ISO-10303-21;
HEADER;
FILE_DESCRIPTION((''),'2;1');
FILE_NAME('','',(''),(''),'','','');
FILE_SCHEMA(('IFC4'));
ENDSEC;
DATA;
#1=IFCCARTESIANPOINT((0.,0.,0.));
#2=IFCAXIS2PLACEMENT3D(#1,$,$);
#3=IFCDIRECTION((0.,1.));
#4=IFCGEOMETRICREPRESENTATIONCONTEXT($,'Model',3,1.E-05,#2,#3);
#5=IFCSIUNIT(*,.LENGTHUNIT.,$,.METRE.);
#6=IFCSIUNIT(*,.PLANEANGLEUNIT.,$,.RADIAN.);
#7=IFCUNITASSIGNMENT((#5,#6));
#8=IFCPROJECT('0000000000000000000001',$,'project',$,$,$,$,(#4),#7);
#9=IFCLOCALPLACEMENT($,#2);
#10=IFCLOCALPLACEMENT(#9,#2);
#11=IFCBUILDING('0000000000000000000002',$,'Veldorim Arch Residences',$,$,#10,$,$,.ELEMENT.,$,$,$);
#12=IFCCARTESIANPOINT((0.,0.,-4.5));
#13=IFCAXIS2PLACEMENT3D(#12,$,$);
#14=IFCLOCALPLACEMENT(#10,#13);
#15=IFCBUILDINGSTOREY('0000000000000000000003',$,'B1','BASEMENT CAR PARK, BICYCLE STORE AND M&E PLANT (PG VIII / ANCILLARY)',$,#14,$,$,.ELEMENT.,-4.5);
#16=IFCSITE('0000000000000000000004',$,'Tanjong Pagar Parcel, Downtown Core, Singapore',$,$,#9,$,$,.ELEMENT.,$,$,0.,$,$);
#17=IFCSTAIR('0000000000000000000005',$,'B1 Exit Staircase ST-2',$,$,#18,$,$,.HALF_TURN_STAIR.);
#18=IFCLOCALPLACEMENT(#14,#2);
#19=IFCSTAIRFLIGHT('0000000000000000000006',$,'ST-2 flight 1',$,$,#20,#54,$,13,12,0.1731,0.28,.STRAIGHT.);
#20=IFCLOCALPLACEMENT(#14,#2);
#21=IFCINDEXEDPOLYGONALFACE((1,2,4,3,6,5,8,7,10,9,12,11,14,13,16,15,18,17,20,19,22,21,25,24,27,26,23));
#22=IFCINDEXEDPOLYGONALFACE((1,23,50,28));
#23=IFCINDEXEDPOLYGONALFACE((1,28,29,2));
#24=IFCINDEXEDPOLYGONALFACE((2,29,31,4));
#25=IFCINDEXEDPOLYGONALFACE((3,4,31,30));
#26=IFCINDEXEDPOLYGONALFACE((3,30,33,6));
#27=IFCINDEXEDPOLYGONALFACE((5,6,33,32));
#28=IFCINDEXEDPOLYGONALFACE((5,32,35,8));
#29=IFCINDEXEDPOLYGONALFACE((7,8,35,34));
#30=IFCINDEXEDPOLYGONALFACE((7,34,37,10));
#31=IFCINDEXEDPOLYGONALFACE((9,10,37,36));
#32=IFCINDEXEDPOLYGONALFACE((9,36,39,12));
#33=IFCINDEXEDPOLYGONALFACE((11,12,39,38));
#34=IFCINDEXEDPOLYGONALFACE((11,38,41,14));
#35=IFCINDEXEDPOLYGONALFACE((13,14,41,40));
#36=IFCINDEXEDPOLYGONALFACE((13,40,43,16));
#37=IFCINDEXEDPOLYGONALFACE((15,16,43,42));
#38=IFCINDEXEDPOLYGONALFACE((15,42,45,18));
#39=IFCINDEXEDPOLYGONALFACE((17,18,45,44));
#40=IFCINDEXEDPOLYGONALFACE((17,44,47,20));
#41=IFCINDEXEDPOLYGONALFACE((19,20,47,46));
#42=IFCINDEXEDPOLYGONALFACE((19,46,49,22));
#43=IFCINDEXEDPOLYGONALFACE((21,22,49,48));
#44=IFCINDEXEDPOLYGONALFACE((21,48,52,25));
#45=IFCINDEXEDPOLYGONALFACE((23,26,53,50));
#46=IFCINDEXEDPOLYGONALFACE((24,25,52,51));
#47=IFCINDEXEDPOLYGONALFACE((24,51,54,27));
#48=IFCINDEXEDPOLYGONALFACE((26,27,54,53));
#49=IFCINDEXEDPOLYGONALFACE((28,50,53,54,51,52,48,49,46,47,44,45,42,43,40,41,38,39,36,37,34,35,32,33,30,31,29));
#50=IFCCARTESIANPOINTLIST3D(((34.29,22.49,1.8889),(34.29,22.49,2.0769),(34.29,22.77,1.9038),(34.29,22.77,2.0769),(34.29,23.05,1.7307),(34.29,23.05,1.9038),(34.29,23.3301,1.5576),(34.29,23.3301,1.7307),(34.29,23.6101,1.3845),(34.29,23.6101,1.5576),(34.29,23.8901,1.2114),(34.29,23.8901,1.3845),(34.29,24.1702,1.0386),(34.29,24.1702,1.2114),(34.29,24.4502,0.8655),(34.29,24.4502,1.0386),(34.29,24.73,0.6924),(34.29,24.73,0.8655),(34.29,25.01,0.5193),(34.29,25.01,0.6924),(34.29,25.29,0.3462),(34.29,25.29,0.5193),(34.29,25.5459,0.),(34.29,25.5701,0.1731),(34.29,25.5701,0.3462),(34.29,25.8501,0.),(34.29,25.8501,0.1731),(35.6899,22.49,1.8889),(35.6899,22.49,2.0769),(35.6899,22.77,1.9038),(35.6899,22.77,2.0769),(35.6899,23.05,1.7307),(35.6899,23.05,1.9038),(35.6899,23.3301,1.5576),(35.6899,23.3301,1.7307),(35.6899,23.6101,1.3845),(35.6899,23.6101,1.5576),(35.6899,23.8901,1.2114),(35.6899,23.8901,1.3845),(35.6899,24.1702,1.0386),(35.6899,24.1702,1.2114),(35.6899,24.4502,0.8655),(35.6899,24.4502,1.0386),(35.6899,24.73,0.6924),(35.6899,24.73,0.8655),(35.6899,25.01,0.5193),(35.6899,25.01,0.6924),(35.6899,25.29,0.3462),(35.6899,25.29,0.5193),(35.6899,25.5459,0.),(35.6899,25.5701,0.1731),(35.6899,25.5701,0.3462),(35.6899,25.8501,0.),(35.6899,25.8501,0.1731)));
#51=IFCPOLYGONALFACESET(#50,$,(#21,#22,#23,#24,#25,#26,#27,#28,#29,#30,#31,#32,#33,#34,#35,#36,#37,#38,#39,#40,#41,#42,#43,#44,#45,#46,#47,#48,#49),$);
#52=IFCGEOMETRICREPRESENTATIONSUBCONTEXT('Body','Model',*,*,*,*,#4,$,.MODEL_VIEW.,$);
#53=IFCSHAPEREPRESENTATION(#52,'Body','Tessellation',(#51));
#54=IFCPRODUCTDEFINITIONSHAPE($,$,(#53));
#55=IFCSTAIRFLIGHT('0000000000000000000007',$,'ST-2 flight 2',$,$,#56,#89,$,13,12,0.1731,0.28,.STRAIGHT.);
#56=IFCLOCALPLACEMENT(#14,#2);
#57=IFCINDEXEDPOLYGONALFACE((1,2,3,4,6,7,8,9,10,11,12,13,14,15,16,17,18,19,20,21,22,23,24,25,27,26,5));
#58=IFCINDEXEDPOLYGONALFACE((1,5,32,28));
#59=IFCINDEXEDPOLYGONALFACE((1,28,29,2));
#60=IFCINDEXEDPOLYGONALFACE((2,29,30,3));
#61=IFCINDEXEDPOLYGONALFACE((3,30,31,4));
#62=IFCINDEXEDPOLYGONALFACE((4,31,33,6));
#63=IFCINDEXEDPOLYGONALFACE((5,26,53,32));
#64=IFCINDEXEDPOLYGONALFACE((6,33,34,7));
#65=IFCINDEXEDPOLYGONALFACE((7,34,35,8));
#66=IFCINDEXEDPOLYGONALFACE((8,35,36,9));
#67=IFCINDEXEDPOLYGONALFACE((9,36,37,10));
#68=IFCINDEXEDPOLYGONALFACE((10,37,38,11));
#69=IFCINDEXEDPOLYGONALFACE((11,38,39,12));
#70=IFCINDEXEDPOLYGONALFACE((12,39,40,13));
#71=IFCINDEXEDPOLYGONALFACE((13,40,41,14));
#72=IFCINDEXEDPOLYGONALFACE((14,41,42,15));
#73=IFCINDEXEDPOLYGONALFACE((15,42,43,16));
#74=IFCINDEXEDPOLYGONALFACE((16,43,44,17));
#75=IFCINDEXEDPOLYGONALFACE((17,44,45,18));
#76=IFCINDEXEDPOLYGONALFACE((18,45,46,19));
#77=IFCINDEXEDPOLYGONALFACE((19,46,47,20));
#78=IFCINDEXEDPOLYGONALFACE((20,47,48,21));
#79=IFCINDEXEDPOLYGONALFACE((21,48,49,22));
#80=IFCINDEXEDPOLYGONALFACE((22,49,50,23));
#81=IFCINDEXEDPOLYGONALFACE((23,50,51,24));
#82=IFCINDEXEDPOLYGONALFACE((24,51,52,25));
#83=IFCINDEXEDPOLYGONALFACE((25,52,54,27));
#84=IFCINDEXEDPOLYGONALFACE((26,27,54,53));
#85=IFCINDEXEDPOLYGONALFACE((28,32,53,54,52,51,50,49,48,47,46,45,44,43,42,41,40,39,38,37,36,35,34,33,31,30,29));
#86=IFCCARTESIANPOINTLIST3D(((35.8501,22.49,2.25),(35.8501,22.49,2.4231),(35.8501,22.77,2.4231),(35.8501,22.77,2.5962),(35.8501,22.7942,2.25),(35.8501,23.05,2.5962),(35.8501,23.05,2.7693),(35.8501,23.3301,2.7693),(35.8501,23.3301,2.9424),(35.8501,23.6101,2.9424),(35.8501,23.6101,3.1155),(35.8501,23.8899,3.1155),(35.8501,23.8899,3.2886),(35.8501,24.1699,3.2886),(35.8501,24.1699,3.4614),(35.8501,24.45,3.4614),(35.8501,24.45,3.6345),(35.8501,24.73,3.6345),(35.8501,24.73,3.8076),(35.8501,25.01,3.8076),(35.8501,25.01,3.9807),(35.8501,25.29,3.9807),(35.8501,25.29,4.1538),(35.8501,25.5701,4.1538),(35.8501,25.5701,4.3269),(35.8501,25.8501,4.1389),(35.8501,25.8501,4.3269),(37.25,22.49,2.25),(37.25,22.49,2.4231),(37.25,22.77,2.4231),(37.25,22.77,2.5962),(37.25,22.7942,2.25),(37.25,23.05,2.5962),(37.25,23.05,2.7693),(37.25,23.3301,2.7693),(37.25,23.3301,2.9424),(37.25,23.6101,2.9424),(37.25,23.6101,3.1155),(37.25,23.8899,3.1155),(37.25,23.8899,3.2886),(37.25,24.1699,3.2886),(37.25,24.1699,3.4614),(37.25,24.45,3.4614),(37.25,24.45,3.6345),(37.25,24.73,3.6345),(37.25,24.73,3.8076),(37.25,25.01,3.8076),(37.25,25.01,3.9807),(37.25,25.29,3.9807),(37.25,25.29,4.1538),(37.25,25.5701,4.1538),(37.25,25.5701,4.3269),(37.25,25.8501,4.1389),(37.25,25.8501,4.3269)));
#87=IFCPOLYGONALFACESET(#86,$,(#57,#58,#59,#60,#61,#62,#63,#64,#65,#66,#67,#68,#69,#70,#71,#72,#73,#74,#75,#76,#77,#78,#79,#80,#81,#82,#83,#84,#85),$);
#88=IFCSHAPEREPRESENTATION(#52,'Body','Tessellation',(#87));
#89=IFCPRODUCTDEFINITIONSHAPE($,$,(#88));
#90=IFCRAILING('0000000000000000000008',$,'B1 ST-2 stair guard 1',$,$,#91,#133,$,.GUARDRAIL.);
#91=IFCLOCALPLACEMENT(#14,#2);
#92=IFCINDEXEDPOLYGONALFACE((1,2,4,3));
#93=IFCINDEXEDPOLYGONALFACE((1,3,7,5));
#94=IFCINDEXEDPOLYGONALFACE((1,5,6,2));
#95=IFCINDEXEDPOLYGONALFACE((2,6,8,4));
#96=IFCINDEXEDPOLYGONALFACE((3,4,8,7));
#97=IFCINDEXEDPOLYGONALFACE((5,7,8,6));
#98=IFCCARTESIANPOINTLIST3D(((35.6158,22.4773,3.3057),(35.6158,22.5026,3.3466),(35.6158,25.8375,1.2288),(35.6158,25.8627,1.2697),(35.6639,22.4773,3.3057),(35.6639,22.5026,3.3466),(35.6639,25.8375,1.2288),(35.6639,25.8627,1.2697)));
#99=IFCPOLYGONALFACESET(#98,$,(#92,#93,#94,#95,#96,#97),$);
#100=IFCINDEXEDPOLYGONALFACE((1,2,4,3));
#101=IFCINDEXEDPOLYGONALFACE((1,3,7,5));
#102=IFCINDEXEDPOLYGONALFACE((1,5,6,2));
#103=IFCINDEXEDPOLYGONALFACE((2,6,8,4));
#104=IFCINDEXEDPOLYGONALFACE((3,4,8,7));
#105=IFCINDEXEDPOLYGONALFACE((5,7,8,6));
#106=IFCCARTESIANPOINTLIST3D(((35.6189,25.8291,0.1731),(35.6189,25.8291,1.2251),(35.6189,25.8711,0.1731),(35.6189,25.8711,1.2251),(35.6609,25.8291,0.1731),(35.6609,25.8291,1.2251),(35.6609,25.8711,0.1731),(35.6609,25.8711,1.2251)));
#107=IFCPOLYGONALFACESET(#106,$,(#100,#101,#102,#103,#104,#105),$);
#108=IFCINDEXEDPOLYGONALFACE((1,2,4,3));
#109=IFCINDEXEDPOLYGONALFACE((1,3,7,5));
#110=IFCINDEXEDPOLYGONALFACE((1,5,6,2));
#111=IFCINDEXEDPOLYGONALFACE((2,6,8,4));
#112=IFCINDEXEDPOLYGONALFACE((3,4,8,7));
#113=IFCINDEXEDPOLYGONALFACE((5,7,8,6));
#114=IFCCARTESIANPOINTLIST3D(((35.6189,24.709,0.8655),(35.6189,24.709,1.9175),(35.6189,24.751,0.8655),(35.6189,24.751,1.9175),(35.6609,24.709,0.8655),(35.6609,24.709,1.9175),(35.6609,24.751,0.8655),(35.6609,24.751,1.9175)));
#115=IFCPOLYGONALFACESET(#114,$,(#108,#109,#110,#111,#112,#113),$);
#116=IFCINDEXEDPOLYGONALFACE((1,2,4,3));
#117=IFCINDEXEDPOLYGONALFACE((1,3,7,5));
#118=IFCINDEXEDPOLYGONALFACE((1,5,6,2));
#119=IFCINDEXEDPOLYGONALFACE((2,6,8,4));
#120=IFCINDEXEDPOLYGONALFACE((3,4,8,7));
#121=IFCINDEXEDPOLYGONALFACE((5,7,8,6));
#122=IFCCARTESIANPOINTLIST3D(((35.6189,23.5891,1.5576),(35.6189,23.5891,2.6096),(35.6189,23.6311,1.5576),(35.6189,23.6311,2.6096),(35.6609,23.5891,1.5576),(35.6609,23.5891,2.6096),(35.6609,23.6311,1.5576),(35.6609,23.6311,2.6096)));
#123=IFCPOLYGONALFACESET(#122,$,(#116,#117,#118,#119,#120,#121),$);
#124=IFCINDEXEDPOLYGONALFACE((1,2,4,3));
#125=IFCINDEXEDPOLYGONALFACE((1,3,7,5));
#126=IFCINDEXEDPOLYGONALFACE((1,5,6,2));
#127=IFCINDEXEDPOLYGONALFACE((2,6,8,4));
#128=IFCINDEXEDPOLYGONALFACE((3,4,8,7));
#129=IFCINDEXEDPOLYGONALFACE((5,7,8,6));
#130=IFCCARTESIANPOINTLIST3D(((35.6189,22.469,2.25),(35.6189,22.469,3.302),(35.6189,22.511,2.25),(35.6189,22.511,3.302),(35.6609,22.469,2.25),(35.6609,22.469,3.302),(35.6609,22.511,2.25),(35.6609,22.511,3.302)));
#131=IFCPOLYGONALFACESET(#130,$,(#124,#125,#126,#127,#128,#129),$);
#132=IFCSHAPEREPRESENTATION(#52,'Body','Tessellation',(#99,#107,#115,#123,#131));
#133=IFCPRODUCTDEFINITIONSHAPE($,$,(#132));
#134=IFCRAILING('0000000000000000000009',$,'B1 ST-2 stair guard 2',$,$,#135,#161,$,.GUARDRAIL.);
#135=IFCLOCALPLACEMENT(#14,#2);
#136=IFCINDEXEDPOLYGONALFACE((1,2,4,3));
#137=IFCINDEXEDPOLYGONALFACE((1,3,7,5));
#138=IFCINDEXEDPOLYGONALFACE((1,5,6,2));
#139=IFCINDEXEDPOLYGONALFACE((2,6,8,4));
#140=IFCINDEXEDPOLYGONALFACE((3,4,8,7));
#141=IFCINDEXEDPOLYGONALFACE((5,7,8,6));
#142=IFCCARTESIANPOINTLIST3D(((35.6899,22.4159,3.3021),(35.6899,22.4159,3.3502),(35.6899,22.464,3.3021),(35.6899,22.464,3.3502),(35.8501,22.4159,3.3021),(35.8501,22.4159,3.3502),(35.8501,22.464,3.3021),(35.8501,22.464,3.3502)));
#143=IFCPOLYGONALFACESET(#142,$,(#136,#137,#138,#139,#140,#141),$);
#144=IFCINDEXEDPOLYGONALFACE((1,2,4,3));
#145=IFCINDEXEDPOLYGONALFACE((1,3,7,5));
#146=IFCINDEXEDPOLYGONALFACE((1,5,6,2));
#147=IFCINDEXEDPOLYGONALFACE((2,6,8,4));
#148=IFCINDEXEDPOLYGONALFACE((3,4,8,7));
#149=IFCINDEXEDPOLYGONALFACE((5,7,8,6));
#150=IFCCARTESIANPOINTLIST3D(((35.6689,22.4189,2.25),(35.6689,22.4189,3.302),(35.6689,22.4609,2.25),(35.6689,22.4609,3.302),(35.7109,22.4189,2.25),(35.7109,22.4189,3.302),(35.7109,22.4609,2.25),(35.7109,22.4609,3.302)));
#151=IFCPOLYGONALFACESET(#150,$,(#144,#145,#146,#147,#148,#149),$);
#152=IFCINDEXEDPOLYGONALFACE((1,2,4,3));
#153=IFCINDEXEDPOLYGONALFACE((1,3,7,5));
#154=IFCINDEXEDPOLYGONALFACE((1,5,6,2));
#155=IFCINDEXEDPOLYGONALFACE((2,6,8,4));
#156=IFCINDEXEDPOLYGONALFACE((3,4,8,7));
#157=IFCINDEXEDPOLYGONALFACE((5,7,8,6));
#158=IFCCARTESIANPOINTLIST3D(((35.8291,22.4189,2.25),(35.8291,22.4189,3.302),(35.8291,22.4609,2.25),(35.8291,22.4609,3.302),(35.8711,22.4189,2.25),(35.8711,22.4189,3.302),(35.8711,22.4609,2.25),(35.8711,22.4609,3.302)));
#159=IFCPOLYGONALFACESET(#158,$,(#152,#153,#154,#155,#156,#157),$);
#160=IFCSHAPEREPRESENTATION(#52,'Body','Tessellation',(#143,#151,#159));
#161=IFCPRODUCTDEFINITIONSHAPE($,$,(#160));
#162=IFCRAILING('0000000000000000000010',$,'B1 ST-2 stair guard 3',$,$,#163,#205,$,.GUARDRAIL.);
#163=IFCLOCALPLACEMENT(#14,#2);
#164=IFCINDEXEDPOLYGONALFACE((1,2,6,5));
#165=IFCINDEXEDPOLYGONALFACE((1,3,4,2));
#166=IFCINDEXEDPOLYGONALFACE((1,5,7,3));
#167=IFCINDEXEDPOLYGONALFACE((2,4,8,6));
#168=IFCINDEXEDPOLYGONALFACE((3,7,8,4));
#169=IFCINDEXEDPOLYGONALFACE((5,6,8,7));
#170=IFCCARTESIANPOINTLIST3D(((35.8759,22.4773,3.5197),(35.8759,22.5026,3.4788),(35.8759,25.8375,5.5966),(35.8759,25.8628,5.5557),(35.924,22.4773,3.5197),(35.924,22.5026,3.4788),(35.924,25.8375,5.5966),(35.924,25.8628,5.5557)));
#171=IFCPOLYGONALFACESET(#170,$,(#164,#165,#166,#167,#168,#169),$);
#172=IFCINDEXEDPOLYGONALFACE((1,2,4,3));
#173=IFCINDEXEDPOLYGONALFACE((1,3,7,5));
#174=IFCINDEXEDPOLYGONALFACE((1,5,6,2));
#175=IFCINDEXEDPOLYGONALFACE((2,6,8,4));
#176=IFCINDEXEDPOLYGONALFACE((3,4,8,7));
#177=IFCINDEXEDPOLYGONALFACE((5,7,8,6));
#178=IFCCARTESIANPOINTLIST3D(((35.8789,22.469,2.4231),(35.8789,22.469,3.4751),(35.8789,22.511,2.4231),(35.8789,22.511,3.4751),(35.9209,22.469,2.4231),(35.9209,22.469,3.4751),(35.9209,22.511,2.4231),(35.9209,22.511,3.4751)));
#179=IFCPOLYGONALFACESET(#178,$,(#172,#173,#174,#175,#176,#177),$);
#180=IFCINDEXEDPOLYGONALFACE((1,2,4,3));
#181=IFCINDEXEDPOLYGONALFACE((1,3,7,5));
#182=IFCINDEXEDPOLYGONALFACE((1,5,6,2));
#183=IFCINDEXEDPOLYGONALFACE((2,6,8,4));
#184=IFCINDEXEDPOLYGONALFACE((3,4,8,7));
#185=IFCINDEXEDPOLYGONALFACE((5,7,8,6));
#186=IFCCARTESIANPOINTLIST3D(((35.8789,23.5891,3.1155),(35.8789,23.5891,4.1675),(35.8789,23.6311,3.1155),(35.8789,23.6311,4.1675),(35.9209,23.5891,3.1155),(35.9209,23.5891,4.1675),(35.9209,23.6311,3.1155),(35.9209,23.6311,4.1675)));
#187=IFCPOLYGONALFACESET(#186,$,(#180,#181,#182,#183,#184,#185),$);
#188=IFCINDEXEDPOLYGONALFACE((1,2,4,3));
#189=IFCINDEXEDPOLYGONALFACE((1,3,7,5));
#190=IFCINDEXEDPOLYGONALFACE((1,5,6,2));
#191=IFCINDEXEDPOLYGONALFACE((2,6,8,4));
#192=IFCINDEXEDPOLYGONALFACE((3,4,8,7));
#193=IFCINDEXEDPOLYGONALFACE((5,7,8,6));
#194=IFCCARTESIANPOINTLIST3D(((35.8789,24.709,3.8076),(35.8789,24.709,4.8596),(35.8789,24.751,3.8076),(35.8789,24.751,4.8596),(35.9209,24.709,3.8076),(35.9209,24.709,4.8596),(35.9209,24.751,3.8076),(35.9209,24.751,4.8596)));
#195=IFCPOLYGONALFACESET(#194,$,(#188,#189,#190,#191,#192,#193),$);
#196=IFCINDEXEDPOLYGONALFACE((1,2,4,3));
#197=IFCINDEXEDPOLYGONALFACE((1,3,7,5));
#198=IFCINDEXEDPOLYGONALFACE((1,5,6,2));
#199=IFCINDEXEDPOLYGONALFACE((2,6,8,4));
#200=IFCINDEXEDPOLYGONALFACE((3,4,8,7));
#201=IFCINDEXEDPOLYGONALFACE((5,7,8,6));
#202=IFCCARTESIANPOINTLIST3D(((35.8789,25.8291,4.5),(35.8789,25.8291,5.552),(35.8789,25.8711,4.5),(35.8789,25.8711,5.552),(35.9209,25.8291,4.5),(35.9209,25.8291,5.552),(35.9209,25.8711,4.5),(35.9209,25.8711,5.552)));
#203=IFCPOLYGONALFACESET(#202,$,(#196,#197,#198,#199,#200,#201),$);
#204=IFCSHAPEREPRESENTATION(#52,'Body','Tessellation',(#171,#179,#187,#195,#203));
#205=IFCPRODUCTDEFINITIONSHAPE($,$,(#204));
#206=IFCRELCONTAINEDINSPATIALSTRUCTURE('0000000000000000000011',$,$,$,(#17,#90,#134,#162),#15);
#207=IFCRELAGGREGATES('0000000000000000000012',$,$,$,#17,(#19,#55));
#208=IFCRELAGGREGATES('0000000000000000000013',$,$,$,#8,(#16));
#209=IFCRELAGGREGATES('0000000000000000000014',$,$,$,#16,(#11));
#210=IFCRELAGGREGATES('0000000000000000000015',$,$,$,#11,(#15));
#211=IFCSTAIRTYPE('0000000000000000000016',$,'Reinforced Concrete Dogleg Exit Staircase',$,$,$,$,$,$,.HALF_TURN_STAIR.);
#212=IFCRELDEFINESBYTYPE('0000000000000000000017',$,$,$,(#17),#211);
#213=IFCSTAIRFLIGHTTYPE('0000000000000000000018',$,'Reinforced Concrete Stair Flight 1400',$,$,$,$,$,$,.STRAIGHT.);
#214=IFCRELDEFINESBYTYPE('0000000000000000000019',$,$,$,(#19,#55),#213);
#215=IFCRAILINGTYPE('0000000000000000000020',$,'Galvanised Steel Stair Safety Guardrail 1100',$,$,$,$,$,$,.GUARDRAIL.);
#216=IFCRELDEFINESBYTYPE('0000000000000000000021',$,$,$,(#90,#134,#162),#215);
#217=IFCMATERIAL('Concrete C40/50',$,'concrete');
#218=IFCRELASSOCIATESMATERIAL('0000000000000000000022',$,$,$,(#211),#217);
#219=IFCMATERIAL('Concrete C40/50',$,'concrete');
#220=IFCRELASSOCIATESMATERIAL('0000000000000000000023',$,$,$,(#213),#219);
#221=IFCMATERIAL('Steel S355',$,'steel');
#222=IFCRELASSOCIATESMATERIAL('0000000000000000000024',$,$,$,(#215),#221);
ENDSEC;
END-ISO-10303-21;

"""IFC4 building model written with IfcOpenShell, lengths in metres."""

from ifc_helpers import new_model, si_unit, direction, frame, origin, origin_2d, place, context, subcontext, project, spatial, polyline, rectangle, outline, extrude, material, type_object, element, aggregate, save


model = new_model("IFC4")

# Units and contexts
model_context = context("Model", 3, precision=1e-05, world=origin(), true_north=direction((0.0, 1.0)))
body_context = subcontext(model_context, "Body", "Model", "MODEL_VIEW")
ifc_project = project(units=[si_unit("LENGTHUNIT", "METRE"), si_unit("PLANEANGLEUNIT", "RADIAN")], contexts=[model_context])

# Site, building, storey
site_placement = place(None, origin())
site = spatial("IfcSite", under=ifc_project, at=site_placement, Name="Tanjong Pagar Parcel, Downtown Core, Singapore", CompositionType="ELEMENT", RefElevation=0.0)
building_placement = place(site_placement, origin())
building = spatial("IfcBuilding", under=site, at=building_placement, Name="Veldorim Arch Residences", CompositionType="ELEMENT")
storey_placement = place(building_placement, frame((0.0, 0.0, -4.5)))
storey = spatial("IfcBuildingStorey", under=building, at=storey_placement, Name="B1", Description="BASEMENT CAR PARK, BICYCLE STORE AND M&E PLANT (PG VIII / ANCILLARY)", CompositionType="ELEMENT", Elevation=-4.5)

# Stair, stair flights
ifc_material_1 = material(Name="Concrete C40/50", Category="concrete")
stair_type = type_object("IfcStairType", Name="Reinforced Concrete Dogleg Exit Staircase", PredefinedType="HALF_TURN_STAIR", material=ifc_material_1)
stair_placement = place(storey_placement, origin())
stair = element("IfcStair", 1, at=stair_placement, inside=storey, type_object=stair_type, Name="B1 Exit Staircase ST-2", PredefinedType="HALF_TURN_STAIR")
ifc_material_2 = material(Name="Concrete C40/50", Category="concrete")
stair_flight_type = type_object("IfcStairFlightType", Name="Reinforced Concrete Stair Flight 1400", PredefinedType="STRAIGHT", material=ifc_material_2)
stair_flight_1_placement = place(storey_placement, frame((34.99, 25.8501, 0.0), z_axis=(0.0, 0.0, 1.0), x_axis=(0.0, -1.0, 0.0)))
stair_flight_1 = element("IfcStairFlight", 2, at=stair_flight_1_placement, type_object=stair_flight_type, Name="ST-2 flight 1", NumberOfRisers=13, NumberOfTreads=12, PredefinedType="STRAIGHT", RiserHeight=0.1731, TreadLength=0.28, context=body_context, shape_type="SweptSolid", body=[
    extrude(outline(polyline([(0.0, 0.0), (0.0, 0.1731), (0.28, 0.1731), (0.28, 0.3462), (0.5601, 0.3462), (0.5601, 0.5193), (0.8401, 0.5193), (0.8401, 0.6924), (1.1201, 0.6924), (1.1201, 0.8655), (1.3999, 0.8655), (1.3999, 1.0386), (1.6799, 1.0386), (1.6799, 1.2114), (1.96, 1.2114), (1.96, 1.3845), (2.24, 1.3845), (2.24, 1.5576), (2.52, 1.5576), (2.52, 1.7307), (2.8, 1.7307), (2.8, 1.9038), (3.0801, 1.9038), (3.0801, 2.0769), (3.3601, 2.0769), (3.3601, 2.25), (3.3601, 1.8889), (0.3042, 0.0), (0.0, 0.0)])), frame((0.0, 0.7, 0.0), z_axis=(0.0, -1.0, 0.0), x_axis=(1.0, 0.0, 0.0)), (0.0, 0.0, 1.0), 1.3999),
])
stair_flight_2_placement = place(storey_placement, frame((36.55, 22.49, 2.25), z_axis=(0.0, 0.0, 1.0), x_axis=(0.0, 1.0, 0.0)))
stair_flight_2 = element("IfcStairFlight", 3, at=stair_flight_2_placement, type_object=stair_flight_type, Name="ST-2 flight 2", NumberOfRisers=13, NumberOfTreads=12, PredefinedType="STRAIGHT", RiserHeight=0.1731, TreadLength=0.28, context=body_context, shape_type="SweptSolid", body=[
    extrude(outline(polyline([(0.0, 0.0), (0.0, 0.1731), (0.28, 0.1731), (0.28, 0.3462), (0.5601, 0.3462), (0.5601, 0.5193), (0.8401, 0.5193), (0.8401, 0.6924), (1.1201, 0.6924), (1.1201, 0.8655), (1.3999, 0.8655), (1.3999, 1.0386), (1.6799, 1.0386), (1.6799, 1.2114), (1.96, 1.2114), (1.96, 1.3845), (2.24, 1.3845), (2.24, 1.5576), (2.52, 1.5576), (2.52, 1.7307), (2.8, 1.7307), (2.8, 1.9038), (3.0801, 1.9038), (3.0801, 2.0769), (3.3601, 2.0769), (3.3601, 2.25), (3.3601, 1.8889), (0.3042, 0.0), (0.0, 0.0)])), frame((0.0, 0.7, 0.0), z_axis=(0.0, -1.0, 0.0), x_axis=(1.0, 0.0, 0.0)), (0.0, 0.0, 1.0), 1.3999),
])
aggregate(stair, [stair_flight_1, stair_flight_2])

# Railings
ifc_material_3 = material(Name="Steel S355", Category="steel")
railing_type_1 = type_object("IfcRailingType", Name="Galvanised Steel Stair Safety Guardrail 1100", PredefinedType="GUARDRAIL", material=ifc_material_3)
railing_1_placement = place(storey_placement, frame((35.6399, 25.8501, 0.1731)))
element("IfcRailing", 4, at=railing_1_placement, inside=storey, type_object=railing_type_1, Name="B1 ST-2 stair guard 1", PredefinedType="GUARDRAIL", context=body_context, shape_type="SweptSolid", body=[
    extrude(rectangle(XDim=0.0481, YDim=0.0481, at=origin_2d()), frame((0.0, 0.0, 1.0762), z_axis=(0.0, -0.850623, 0.525776), x_axis=(1.0, 0.0, 0.0)), (0.0, 0.0, 1.0), 3.9502),
    extrude(rectangle(XDim=0.042, YDim=0.042, at=origin_2d()), origin(), (0.0, 0.0, 1.0), 1.052),
    extrude(rectangle(XDim=0.042, YDim=0.042, at=origin_2d()), frame((0.0, -1.1201, 0.6924)), (0.0, 0.0, 1.0), 1.052),
    extrude(rectangle(XDim=0.042, YDim=0.042, at=origin_2d()), frame((0.0, -2.24, 1.3845)), (0.0, 0.0, 1.0), 1.052),
    extrude(rectangle(XDim=0.042, YDim=0.042, at=origin_2d()), frame((0.0, -3.3601, 2.0769)), (0.0, 0.0, 1.0), 1.052),
])
railing_2_placement = place(storey_placement, frame((35.6899, 22.4399, 2.25)))
element("IfcRailing", 5, at=railing_2_placement, inside=storey, type_object=railing_type_1, Name="B1 ST-2 stair guard 2", PredefinedType="GUARDRAIL", context=body_context, shape_type="SweptSolid", body=[
    extrude(rectangle(XDim=0.0481, YDim=0.0481, at=origin_2d()), frame((0.0, 0.0, 1.0762), z_axis=(1.0, 0.0, 0.0), x_axis=(0.0, 1.0, 0.0)), (0.0, 0.0, 1.0), 0.1602),
    extrude(rectangle(XDim=0.042, YDim=0.042, at=origin_2d()), origin(), (0.0, 0.0, 1.0), 1.052),
    extrude(rectangle(XDim=0.042, YDim=0.042, at=origin_2d()), frame((0.1602, 0.0, 0.0)), (0.0, 0.0, 1.0), 1.052),
])
railing_3_placement = place(storey_placement, frame((35.8999, 22.49, 2.4231)))
element("IfcRailing", 6, at=railing_3_placement, inside=storey, type_object=railing_type_1, Name="B1 ST-2 stair guard 3", PredefinedType="GUARDRAIL", context=body_context, shape_type="SweptSolid", body=[
    extrude(rectangle(XDim=0.0481, YDim=0.0481, at=origin_2d()), frame((0.0, 0.0, 1.0762), z_axis=(0.0, 0.850623, 0.525776), x_axis=(-1.0, 0.0, 0.0)), (0.0, 0.0, 1.0), 3.9502),
    extrude(rectangle(XDim=0.042, YDim=0.042, at=origin_2d()), origin(), (0.0, 0.0, 1.0), 1.052),
    extrude(rectangle(XDim=0.042, YDim=0.042, at=origin_2d()), frame((0.0, 1.1201, 0.6924)), (0.0, 0.0, 1.0), 1.052),
    extrude(rectangle(XDim=0.042, YDim=0.042, at=origin_2d()), frame((0.0, 2.24, 1.3845)), (0.0, 0.0, 1.0), 1.052),
    extrude(rectangle(XDim=0.042, YDim=0.042, at=origin_2d()), frame((0.0, 3.3601, 2.0769)), (0.0, 0.0, 1.0), 1.052),
])

save(model, "model.ifc")
